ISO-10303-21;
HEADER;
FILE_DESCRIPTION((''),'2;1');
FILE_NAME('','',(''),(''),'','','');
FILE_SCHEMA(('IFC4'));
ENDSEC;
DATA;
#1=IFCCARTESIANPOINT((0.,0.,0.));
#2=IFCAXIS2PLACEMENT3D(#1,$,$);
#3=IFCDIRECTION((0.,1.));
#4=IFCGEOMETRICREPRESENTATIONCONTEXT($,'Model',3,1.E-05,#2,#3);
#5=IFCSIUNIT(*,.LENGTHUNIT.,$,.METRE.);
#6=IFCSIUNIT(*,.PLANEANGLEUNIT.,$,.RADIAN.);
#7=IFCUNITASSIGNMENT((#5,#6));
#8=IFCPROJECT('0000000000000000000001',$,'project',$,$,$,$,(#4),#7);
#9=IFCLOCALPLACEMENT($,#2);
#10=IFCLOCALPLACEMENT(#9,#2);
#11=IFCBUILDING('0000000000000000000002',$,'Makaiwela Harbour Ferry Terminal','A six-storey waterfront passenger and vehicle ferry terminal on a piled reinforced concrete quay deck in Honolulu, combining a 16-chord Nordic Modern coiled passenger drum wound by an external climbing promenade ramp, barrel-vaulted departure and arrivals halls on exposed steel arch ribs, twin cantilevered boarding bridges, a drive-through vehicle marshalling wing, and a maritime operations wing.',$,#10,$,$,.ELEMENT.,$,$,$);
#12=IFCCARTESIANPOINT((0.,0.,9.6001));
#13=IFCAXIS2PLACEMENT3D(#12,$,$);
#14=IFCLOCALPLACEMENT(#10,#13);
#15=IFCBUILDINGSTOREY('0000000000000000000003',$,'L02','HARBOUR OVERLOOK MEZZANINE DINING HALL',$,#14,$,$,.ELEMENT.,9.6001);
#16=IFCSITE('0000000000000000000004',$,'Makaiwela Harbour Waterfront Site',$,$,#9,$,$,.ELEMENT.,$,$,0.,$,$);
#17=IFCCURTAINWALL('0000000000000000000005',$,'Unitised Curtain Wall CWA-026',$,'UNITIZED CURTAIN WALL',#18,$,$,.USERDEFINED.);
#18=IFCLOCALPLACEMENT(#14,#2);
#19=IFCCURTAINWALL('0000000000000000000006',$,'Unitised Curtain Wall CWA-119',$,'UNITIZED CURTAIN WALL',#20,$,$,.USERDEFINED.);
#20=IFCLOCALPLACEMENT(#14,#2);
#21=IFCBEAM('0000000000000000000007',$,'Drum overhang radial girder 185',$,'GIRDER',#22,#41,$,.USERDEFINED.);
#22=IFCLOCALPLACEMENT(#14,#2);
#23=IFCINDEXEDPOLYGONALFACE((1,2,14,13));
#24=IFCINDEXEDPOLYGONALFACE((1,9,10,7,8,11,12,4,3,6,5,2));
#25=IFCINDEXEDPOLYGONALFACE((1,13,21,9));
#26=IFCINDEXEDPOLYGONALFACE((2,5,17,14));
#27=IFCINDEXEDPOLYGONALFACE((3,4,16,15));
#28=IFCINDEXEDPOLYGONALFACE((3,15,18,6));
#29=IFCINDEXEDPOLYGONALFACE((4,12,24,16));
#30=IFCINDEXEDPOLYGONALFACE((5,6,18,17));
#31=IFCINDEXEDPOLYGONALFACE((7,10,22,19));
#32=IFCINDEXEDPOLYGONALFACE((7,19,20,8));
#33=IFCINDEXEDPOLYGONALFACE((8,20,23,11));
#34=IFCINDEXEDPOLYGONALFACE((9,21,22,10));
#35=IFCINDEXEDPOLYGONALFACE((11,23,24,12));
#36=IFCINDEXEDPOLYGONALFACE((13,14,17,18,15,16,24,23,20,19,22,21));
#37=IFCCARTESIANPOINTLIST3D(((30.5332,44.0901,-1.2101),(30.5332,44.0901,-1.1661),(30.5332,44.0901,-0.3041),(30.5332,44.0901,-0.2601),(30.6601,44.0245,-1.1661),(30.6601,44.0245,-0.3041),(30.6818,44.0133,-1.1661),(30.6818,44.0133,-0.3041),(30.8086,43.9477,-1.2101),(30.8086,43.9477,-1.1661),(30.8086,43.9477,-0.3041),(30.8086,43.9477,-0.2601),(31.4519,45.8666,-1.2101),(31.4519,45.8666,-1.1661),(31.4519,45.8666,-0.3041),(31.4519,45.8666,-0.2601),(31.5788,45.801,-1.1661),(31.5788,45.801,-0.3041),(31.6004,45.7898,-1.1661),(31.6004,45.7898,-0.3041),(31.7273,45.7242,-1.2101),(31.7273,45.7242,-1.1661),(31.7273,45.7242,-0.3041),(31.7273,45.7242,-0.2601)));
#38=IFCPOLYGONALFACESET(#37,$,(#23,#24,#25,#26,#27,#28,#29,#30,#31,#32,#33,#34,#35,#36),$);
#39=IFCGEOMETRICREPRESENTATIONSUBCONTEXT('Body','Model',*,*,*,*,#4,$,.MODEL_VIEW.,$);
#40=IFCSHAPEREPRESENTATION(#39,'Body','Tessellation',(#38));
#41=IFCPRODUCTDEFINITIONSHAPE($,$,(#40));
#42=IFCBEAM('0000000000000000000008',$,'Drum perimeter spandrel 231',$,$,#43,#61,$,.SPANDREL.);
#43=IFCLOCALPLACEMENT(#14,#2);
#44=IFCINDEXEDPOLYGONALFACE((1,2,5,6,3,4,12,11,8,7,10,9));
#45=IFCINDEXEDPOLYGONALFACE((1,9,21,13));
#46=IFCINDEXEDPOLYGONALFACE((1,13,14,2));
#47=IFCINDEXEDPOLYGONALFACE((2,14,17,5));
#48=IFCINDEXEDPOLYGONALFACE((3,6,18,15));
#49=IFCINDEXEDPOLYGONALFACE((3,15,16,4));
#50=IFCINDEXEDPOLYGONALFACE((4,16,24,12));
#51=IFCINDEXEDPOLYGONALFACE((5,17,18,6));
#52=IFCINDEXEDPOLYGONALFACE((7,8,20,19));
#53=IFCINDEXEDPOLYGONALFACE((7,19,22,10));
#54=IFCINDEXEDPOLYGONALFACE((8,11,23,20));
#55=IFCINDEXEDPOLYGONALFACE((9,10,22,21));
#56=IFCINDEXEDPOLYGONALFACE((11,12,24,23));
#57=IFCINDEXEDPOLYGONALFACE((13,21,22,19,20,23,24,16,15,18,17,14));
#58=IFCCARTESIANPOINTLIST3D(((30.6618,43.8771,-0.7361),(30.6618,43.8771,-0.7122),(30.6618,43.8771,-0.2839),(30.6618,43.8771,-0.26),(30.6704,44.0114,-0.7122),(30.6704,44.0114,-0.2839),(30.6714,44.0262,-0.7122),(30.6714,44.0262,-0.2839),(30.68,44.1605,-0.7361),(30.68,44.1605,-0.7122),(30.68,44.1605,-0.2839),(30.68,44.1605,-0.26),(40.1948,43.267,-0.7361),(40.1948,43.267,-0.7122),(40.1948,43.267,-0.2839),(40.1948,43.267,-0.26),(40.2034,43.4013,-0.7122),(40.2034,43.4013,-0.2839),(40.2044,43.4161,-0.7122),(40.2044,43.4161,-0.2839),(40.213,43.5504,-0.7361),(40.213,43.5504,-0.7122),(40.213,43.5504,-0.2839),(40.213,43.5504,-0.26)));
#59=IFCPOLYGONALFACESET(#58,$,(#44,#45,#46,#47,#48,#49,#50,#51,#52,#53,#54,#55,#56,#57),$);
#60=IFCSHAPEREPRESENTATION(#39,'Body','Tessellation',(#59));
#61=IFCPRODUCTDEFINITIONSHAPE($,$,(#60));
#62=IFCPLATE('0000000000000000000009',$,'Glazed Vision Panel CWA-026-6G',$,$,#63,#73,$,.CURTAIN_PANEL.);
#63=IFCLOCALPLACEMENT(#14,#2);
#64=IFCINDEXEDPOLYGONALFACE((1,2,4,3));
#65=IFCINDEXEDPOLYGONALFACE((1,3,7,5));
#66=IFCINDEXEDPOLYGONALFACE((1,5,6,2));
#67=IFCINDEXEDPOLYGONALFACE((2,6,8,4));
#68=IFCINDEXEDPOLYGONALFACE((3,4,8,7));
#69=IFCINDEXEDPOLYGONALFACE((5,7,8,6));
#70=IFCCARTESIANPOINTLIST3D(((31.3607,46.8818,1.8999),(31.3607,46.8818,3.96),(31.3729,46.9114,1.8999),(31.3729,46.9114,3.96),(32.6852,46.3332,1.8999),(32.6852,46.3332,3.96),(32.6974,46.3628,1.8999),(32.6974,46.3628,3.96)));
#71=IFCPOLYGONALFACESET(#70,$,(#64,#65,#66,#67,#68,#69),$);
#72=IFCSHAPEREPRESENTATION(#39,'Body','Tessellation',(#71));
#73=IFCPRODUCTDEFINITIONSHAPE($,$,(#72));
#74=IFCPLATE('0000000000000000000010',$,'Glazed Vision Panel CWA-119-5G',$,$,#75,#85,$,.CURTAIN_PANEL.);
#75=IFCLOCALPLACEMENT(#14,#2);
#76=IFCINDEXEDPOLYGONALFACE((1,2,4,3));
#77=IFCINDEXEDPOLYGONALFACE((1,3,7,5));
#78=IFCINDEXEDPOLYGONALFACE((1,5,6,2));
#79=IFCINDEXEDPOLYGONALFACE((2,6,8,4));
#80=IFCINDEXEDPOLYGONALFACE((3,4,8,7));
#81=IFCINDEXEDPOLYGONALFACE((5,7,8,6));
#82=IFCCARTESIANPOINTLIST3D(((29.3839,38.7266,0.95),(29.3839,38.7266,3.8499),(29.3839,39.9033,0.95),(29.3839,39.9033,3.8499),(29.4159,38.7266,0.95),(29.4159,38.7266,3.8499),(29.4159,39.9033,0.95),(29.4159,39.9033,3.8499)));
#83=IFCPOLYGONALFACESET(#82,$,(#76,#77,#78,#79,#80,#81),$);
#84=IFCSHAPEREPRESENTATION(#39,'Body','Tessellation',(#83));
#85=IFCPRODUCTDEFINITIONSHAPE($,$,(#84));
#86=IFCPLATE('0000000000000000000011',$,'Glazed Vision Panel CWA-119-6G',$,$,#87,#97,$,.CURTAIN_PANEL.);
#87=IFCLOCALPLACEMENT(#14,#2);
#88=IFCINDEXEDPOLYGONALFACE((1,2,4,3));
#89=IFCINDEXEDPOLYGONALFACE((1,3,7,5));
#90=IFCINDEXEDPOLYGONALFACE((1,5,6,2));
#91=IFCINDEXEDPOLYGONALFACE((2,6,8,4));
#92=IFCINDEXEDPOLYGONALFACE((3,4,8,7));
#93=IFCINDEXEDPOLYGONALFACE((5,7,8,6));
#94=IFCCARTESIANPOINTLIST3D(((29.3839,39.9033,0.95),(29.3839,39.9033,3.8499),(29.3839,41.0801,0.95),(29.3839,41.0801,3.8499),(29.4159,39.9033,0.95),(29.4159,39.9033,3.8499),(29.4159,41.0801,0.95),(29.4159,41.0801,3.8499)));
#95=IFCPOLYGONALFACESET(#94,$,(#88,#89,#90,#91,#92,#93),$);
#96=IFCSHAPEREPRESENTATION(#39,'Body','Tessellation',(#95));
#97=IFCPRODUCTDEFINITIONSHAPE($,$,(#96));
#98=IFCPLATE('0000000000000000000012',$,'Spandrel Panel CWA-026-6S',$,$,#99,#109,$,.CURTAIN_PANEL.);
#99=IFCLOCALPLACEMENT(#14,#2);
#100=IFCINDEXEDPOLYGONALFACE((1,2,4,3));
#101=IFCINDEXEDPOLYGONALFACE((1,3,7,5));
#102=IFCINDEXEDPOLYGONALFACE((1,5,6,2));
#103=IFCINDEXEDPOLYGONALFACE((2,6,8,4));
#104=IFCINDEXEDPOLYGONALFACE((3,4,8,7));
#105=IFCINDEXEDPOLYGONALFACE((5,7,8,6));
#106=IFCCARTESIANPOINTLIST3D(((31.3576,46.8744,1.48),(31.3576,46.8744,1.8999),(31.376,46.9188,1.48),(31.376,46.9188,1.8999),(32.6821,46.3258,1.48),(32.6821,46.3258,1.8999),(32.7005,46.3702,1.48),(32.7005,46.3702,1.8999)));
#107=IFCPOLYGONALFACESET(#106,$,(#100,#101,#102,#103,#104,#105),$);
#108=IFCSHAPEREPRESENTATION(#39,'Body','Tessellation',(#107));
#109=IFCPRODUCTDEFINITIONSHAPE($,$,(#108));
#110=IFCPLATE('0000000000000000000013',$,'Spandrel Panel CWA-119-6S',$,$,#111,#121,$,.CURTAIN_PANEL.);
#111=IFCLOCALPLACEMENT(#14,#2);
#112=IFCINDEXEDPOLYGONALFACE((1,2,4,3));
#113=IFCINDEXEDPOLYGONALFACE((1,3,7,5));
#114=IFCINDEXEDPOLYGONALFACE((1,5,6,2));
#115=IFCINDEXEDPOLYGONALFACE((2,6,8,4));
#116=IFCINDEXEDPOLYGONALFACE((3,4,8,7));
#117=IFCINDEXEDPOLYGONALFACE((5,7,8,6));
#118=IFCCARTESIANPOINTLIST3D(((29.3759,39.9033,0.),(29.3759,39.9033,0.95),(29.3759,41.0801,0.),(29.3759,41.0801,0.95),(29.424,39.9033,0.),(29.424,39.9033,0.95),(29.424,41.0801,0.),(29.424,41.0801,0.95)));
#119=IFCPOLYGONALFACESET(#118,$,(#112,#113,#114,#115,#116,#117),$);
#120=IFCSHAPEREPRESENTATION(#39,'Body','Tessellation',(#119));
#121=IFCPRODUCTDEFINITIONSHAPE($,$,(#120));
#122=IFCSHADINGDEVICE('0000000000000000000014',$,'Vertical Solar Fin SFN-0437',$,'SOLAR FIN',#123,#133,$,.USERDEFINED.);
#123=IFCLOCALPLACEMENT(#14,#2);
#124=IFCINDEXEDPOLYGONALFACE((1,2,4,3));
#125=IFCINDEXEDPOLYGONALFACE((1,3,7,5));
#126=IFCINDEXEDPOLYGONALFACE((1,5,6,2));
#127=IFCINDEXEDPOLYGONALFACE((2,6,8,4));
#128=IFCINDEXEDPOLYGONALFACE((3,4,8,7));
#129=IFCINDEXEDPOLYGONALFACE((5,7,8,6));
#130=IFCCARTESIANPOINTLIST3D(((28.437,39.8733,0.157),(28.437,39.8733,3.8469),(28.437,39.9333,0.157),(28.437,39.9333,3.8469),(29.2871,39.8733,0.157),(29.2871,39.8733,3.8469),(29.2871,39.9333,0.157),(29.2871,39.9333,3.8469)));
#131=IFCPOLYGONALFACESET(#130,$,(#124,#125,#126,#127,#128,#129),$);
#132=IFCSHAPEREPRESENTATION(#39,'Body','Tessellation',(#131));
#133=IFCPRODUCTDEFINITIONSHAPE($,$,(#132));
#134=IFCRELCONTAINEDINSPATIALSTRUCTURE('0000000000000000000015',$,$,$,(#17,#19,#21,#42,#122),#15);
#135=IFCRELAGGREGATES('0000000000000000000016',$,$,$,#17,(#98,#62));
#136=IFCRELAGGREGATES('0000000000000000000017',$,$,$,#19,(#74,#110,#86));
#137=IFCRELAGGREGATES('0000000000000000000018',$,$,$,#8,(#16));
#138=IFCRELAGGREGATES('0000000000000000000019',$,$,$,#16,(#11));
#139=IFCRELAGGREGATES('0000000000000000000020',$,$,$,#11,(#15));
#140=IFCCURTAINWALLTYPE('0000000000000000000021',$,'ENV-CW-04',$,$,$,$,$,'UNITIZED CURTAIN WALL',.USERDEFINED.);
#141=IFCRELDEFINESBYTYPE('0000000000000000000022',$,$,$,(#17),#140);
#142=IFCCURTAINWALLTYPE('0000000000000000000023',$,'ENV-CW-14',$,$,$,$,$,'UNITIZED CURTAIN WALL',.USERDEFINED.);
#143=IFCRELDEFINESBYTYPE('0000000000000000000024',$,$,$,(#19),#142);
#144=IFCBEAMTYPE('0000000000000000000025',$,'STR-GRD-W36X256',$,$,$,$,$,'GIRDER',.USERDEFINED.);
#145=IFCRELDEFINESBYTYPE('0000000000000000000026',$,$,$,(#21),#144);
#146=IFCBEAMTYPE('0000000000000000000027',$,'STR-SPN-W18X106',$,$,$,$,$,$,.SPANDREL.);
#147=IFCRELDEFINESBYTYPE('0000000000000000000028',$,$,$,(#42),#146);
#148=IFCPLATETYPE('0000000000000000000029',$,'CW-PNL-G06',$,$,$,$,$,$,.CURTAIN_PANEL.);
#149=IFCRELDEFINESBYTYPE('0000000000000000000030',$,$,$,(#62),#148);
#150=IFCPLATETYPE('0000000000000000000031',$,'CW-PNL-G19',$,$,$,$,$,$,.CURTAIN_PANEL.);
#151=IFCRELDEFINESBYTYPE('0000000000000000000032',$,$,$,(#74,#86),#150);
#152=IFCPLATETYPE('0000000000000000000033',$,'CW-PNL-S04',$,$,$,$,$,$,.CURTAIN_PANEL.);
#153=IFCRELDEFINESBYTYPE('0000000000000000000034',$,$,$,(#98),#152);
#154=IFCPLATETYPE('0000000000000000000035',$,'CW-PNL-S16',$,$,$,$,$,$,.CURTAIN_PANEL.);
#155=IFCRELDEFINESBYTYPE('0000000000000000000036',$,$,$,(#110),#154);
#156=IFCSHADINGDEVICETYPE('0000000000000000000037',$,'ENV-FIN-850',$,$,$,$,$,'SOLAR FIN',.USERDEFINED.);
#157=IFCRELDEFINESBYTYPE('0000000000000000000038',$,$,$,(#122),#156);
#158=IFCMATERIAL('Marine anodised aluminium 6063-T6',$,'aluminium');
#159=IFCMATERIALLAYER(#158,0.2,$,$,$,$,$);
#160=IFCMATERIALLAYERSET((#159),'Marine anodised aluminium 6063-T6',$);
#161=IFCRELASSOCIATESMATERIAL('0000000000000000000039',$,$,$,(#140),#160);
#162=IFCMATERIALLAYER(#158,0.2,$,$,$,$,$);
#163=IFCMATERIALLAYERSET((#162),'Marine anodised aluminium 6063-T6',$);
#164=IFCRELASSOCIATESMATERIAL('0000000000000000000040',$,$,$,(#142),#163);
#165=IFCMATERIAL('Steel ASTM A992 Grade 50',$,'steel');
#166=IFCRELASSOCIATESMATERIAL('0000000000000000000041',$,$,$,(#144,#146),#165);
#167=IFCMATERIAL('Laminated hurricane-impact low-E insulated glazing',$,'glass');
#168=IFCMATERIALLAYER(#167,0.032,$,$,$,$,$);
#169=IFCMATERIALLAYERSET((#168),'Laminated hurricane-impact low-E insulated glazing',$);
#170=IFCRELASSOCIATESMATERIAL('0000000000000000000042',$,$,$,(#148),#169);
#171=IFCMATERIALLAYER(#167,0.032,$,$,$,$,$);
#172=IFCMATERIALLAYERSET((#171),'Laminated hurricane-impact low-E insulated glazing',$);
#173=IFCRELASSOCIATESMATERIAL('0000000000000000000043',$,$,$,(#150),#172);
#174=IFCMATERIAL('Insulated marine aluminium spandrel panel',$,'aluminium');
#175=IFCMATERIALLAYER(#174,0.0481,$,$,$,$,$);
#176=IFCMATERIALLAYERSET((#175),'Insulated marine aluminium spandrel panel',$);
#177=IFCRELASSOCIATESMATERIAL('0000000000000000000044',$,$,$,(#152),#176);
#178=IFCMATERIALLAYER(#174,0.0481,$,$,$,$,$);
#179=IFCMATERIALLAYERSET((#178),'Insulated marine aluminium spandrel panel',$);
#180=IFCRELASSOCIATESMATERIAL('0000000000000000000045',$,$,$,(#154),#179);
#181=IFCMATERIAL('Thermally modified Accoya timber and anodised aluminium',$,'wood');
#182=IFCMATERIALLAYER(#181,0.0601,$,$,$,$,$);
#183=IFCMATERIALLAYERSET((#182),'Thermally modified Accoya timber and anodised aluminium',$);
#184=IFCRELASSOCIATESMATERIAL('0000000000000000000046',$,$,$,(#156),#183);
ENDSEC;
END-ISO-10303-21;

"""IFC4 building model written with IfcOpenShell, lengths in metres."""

from ifc_helpers import new_model, si_unit, direction, frame, origin, origin_2d, place, context, subcontext, project, spatial, rectangle, i_section, extrude, material, layer, layer_set, material_profile, profile_set, type_object, element, aggregate, save


model = new_model("IFC4")

# Units and contexts
model_context = context("Model", 3, precision=1e-05, world=origin(), true_north=direction((0.0, 1.0)))
body_context = subcontext(model_context, "Body", "Model", "MODEL_VIEW")
ifc_project = project(units=[si_unit("LENGTHUNIT", "METRE"), si_unit("PLANEANGLEUNIT", "RADIAN")], contexts=[model_context])

# Site, building, storey
site_placement = place(None, origin())
site = spatial("IfcSite", under=ifc_project, at=site_placement, Name="Makaiwela Harbour Waterfront Site", CompositionType="ELEMENT", RefElevation=0.0)
building_placement = place(site_placement, origin())
building = spatial("IfcBuilding", under=site, at=building_placement, Name="Makaiwela Harbour Ferry Terminal", Description="A six-storey waterfront passenger and vehicle ferry terminal on a piled reinforced concrete quay deck in Honolulu, combining a 16-chord Nordic Modern coiled passenger drum wound by an external climbing promenade ramp, barrel-vaulted departure and arrivals halls on exposed steel arch ribs, twin cantilevered boarding bridges, a drive-through vehicle marshalling wing, and a maritime operations wing.", CompositionType="ELEMENT")
storey_placement = place(building_placement, frame((0.0, 0.0, 9.6001)))
storey = spatial("IfcBuildingStorey", under=building, at=storey_placement, Name="L02", Description="HARBOUR OVERLOOK MEZZANINE DINING HALL", CompositionType="ELEMENT", Elevation=9.6001)

# Curtain wall
ifc_material_1 = material(Name="Marine anodised aluminium 6063-T6", Category="aluminium")
ifc_layer_1 = layer(ifc_material_1, 0.2)
ifc_layer_set_1 = layer_set([ifc_layer_1], Name="Marine anodised aluminium 6063-T6")
curtain_wall_type_1 = type_object("IfcCurtainWallType", Name="ENV-CW-04", ElementType="UNITIZED CURTAIN WALL", PredefinedType="USERDEFINED", material=ifc_layer_set_1)
curtain_wall_1_placement = place(storey_placement, origin())
curtain_wall_1 = element("IfcCurtainWall", 1, at=curtain_wall_1_placement, inside=storey, type_object=curtain_wall_type_1, Name="Unitised Curtain Wall CWA-026", ObjectType="UNITIZED CURTAIN WALL", PredefinedType="USERDEFINED")

# Curtain wall
ifc_layer_2 = layer(ifc_material_1, 0.2)
ifc_layer_set_2 = layer_set([ifc_layer_2], Name="Marine anodised aluminium 6063-T6")
curtain_wall_type_2 = type_object("IfcCurtainWallType", Name="ENV-CW-14", ElementType="UNITIZED CURTAIN WALL", PredefinedType="USERDEFINED", material=ifc_layer_set_2)
curtain_wall_2_placement = place(storey_placement, origin())
curtain_wall_2 = element("IfcCurtainWall", 2, at=curtain_wall_2_placement, inside=storey, type_object=curtain_wall_type_2, Name="Unitised Curtain Wall CWA-119", ObjectType="UNITIZED CURTAIN WALL", PredefinedType="USERDEFINED")

# Beams
ifc_material_2 = material(Name="Steel ASTM A992 Grade 50", Category="steel")
ifc_material_profile_1 = material_profile(ifc_material_2, i_section(OverallWidth=0.3101, OverallDepth=0.95, WebThickness=0.0244, FlangeThickness=0.0439, at=origin_2d()), Name="W36X256")
ifc_profile_set_1 = profile_set([ifc_material_profile_1], Name="Steel ASTM A992 Grade 50")
beam_type_1 = type_object("IfcBeamType", Name="STR-GRD-W36X256", ElementType="GIRDER", PredefinedType="USERDEFINED", material=ifc_profile_set_1)
beam_1_placement = place(storey_placement, frame((31.5896, 45.7954, -0.7351), z_axis=(-0.45933, -0.888266, 0.0), x_axis=(0.888266, -0.45933, 0.0)))
element("IfcBeam", 3, at=beam_1_placement, inside=storey, type_object=beam_type_1, Name="Drum overhang radial girder 185", ObjectType="GIRDER", PredefinedType="USERDEFINED", context=body_context, shape_type="SweptSolid", body=[
    extrude(i_section(OverallWidth=0.3101, OverallDepth=0.95, WebThickness=0.0244, FlangeThickness=0.0439, at=origin_2d()), origin(), (0.0, 0.0, 1.0), 2.0),
])
ifc_material_profile_2 = material_profile(ifc_material_2, i_section(OverallWidth=0.2839, OverallDepth=0.4761, WebThickness=0.0149, FlangeThickness=0.0239, at=origin_2d()), Name="W18X106")
ifc_profile_set_2 = profile_set([ifc_material_profile_2], Name="Steel ASTM A992 Grade 50")
beam_type_2 = type_object("IfcBeamType", Name="STR-SPN-W18X106", PredefinedType="SPANDREL", material=ifc_profile_set_2)
beam_2_placement = place(storey_placement, frame((30.6709, 44.0188, -0.498), z_axis=(0.997958, -0.063869, 0.0), x_axis=(0.063869, 0.997958, 0.0)))
element("IfcBeam", 4, at=beam_2_placement, inside=storey, type_object=beam_type_2, Name="Drum perimeter spandrel 231", PredefinedType="SPANDREL", context=body_context, shape_type="SweptSolid", body=[
    extrude(i_section(OverallWidth=0.2839, OverallDepth=0.4761, WebThickness=0.0149, FlangeThickness=0.0239, at=origin_2d()), origin(), (0.0, 0.0, 1.0), 9.5525),
])

# Plates
ifc_material_3 = material(Name="Laminated hurricane-impact low-E insulated glazing", Category="glass")
ifc_layer_3 = layer(ifc_material_3, 0.032)
ifc_layer_set_3 = layer_set([ifc_layer_3], Name="Laminated hurricane-impact low-E insulated glazing")
plate_type_1 = type_object("IfcPlateType", Name="CW-PNL-G06", PredefinedType="CURTAIN_PANEL", material=ifc_layer_set_3)
plate_1_placement = place(storey_placement, frame((32.0291, 46.6223, 1.8999), z_axis=(0.0, 0.0, 1.0), x_axis=(0.92388, -0.382683, 0.0)))
plate_1 = element("IfcPlate", 5, at=plate_1_placement, type_object=plate_type_1, Name="Glazed Vision Panel CWA-026-6G", PredefinedType="CURTAIN_PANEL", context=body_context, shape_type="SweptSolid", body=[
    extrude(rectangle(XDim=1.4336, YDim=0.032, at=origin_2d()), origin(), (0.0, 0.0, 1.0), 2.0601),
])
ifc_layer_4 = layer(ifc_material_3, 0.032)
ifc_layer_set_4 = layer_set([ifc_layer_4], Name="Laminated hurricane-impact low-E insulated glazing")
plate_type_2 = type_object("IfcPlateType", Name="CW-PNL-G19", PredefinedType="CURTAIN_PANEL", material=ifc_layer_set_4)
plate_2_placement = place(storey_placement, frame((29.3999, 39.3149, 0.95), z_axis=(0.0, 0.0, 1.0), x_axis=(0.0, 1.0, 0.0)))
plate_2 = element("IfcPlate", 6, at=plate_2_placement, type_object=plate_type_2, Name="Glazed Vision Panel CWA-119-5G", PredefinedType="CURTAIN_PANEL", context=body_context, shape_type="SweptSolid", body=[
    extrude(rectangle(XDim=1.1768, YDim=0.032, at=origin_2d()), origin(), (0.0, 0.0, 1.0), 2.8999),
])
plate_3_placement = place(storey_placement, frame((29.3999, 40.4917, 0.95), z_axis=(0.0, 0.0, 1.0), x_axis=(0.0, 1.0, 0.0)))
plate_3 = element("IfcPlate", 7, at=plate_3_placement, type_object=plate_type_2, Name="Glazed Vision Panel CWA-119-6G", PredefinedType="CURTAIN_PANEL", context=body_context, shape_type="SweptSolid", body=[
    extrude(rectangle(XDim=1.1768, YDim=0.032, at=origin_2d()), origin(), (0.0, 0.0, 1.0), 2.8999),
])
ifc_material_4 = material(Name="Insulated marine aluminium spandrel panel", Category="aluminium")
ifc_layer_5 = layer(ifc_material_4, 0.0481)
ifc_layer_set_5 = layer_set([ifc_layer_5], Name="Insulated marine aluminium spandrel panel")
plate_type_3 = type_object("IfcPlateType", Name="CW-PNL-S04", PredefinedType="CURTAIN_PANEL", material=ifc_layer_set_5)
plate_4_placement = place(storey_placement, frame((32.0291, 46.6223, 1.48), z_axis=(0.0, 0.0, 1.0), x_axis=(0.92388, -0.382683, 0.0)))
plate_4 = element("IfcPlate", 8, at=plate_4_placement, type_object=plate_type_3, Name="Spandrel Panel CWA-026-6S", PredefinedType="CURTAIN_PANEL", context=body_context, shape_type="SweptSolid", body=[
    extrude(rectangle(XDim=1.4336, YDim=0.0481, at=origin_2d()), origin(), (0.0, 0.0, 1.0), 0.4199),
])
aggregate(curtain_wall_1, [plate_4, plate_1])
ifc_layer_6 = layer(ifc_material_4, 0.0481)
ifc_layer_set_6 = layer_set([ifc_layer_6], Name="Insulated marine aluminium spandrel panel")
plate_type_4 = type_object("IfcPlateType", Name="CW-PNL-S16", PredefinedType="CURTAIN_PANEL", material=ifc_layer_set_6)
plate_5_placement = place(storey_placement, frame((29.3999, 40.4917, 0.0), z_axis=(0.0, 0.0, 1.0), x_axis=(0.0, 1.0, 0.0)))
plate_5 = element("IfcPlate", 9, at=plate_5_placement, type_object=plate_type_4, Name="Spandrel Panel CWA-119-6S", PredefinedType="CURTAIN_PANEL", context=body_context, shape_type="SweptSolid", body=[
    extrude(rectangle(XDim=1.1768, YDim=0.0481, at=origin_2d()), origin(), (0.0, 0.0, 1.0), 0.95),
])
aggregate(curtain_wall_2, [plate_2, plate_5, plate_3])

# Shading device
ifc_material_5 = material(Name="Thermally modified Accoya timber and anodised aluminium", Category="wood")
ifc_layer_7 = layer(ifc_material_5, 0.0601)
ifc_layer_set_7 = layer_set([ifc_layer_7], Name="Thermally modified Accoya timber and anodised aluminium")
shading_device_type = type_object("IfcShadingDeviceType", Name="ENV-FIN-850", ElementType="SOLAR FIN", PredefinedType="USERDEFINED", material=ifc_layer_set_7)
shading_device_placement = place(storey_placement, frame((28.8621, 39.9033, 0.157), z_axis=(0.0, 0.0, 1.0), x_axis=(-1.0, 0.0, 0.0)))
element("IfcShadingDevice", 10, at=shading_device_placement, inside=storey, type_object=shading_device_type, Name="Vertical Solar Fin SFN-0437", ObjectType="SOLAR FIN", PredefinedType="USERDEFINED", context=body_context, shape_type="SweptSolid", body=[
    extrude(rectangle(XDim=0.8501, YDim=0.0601, at=origin_2d()), origin(), (0.0, 0.0, 1.0), 3.6899),
])

save(model, "model.ifc")
